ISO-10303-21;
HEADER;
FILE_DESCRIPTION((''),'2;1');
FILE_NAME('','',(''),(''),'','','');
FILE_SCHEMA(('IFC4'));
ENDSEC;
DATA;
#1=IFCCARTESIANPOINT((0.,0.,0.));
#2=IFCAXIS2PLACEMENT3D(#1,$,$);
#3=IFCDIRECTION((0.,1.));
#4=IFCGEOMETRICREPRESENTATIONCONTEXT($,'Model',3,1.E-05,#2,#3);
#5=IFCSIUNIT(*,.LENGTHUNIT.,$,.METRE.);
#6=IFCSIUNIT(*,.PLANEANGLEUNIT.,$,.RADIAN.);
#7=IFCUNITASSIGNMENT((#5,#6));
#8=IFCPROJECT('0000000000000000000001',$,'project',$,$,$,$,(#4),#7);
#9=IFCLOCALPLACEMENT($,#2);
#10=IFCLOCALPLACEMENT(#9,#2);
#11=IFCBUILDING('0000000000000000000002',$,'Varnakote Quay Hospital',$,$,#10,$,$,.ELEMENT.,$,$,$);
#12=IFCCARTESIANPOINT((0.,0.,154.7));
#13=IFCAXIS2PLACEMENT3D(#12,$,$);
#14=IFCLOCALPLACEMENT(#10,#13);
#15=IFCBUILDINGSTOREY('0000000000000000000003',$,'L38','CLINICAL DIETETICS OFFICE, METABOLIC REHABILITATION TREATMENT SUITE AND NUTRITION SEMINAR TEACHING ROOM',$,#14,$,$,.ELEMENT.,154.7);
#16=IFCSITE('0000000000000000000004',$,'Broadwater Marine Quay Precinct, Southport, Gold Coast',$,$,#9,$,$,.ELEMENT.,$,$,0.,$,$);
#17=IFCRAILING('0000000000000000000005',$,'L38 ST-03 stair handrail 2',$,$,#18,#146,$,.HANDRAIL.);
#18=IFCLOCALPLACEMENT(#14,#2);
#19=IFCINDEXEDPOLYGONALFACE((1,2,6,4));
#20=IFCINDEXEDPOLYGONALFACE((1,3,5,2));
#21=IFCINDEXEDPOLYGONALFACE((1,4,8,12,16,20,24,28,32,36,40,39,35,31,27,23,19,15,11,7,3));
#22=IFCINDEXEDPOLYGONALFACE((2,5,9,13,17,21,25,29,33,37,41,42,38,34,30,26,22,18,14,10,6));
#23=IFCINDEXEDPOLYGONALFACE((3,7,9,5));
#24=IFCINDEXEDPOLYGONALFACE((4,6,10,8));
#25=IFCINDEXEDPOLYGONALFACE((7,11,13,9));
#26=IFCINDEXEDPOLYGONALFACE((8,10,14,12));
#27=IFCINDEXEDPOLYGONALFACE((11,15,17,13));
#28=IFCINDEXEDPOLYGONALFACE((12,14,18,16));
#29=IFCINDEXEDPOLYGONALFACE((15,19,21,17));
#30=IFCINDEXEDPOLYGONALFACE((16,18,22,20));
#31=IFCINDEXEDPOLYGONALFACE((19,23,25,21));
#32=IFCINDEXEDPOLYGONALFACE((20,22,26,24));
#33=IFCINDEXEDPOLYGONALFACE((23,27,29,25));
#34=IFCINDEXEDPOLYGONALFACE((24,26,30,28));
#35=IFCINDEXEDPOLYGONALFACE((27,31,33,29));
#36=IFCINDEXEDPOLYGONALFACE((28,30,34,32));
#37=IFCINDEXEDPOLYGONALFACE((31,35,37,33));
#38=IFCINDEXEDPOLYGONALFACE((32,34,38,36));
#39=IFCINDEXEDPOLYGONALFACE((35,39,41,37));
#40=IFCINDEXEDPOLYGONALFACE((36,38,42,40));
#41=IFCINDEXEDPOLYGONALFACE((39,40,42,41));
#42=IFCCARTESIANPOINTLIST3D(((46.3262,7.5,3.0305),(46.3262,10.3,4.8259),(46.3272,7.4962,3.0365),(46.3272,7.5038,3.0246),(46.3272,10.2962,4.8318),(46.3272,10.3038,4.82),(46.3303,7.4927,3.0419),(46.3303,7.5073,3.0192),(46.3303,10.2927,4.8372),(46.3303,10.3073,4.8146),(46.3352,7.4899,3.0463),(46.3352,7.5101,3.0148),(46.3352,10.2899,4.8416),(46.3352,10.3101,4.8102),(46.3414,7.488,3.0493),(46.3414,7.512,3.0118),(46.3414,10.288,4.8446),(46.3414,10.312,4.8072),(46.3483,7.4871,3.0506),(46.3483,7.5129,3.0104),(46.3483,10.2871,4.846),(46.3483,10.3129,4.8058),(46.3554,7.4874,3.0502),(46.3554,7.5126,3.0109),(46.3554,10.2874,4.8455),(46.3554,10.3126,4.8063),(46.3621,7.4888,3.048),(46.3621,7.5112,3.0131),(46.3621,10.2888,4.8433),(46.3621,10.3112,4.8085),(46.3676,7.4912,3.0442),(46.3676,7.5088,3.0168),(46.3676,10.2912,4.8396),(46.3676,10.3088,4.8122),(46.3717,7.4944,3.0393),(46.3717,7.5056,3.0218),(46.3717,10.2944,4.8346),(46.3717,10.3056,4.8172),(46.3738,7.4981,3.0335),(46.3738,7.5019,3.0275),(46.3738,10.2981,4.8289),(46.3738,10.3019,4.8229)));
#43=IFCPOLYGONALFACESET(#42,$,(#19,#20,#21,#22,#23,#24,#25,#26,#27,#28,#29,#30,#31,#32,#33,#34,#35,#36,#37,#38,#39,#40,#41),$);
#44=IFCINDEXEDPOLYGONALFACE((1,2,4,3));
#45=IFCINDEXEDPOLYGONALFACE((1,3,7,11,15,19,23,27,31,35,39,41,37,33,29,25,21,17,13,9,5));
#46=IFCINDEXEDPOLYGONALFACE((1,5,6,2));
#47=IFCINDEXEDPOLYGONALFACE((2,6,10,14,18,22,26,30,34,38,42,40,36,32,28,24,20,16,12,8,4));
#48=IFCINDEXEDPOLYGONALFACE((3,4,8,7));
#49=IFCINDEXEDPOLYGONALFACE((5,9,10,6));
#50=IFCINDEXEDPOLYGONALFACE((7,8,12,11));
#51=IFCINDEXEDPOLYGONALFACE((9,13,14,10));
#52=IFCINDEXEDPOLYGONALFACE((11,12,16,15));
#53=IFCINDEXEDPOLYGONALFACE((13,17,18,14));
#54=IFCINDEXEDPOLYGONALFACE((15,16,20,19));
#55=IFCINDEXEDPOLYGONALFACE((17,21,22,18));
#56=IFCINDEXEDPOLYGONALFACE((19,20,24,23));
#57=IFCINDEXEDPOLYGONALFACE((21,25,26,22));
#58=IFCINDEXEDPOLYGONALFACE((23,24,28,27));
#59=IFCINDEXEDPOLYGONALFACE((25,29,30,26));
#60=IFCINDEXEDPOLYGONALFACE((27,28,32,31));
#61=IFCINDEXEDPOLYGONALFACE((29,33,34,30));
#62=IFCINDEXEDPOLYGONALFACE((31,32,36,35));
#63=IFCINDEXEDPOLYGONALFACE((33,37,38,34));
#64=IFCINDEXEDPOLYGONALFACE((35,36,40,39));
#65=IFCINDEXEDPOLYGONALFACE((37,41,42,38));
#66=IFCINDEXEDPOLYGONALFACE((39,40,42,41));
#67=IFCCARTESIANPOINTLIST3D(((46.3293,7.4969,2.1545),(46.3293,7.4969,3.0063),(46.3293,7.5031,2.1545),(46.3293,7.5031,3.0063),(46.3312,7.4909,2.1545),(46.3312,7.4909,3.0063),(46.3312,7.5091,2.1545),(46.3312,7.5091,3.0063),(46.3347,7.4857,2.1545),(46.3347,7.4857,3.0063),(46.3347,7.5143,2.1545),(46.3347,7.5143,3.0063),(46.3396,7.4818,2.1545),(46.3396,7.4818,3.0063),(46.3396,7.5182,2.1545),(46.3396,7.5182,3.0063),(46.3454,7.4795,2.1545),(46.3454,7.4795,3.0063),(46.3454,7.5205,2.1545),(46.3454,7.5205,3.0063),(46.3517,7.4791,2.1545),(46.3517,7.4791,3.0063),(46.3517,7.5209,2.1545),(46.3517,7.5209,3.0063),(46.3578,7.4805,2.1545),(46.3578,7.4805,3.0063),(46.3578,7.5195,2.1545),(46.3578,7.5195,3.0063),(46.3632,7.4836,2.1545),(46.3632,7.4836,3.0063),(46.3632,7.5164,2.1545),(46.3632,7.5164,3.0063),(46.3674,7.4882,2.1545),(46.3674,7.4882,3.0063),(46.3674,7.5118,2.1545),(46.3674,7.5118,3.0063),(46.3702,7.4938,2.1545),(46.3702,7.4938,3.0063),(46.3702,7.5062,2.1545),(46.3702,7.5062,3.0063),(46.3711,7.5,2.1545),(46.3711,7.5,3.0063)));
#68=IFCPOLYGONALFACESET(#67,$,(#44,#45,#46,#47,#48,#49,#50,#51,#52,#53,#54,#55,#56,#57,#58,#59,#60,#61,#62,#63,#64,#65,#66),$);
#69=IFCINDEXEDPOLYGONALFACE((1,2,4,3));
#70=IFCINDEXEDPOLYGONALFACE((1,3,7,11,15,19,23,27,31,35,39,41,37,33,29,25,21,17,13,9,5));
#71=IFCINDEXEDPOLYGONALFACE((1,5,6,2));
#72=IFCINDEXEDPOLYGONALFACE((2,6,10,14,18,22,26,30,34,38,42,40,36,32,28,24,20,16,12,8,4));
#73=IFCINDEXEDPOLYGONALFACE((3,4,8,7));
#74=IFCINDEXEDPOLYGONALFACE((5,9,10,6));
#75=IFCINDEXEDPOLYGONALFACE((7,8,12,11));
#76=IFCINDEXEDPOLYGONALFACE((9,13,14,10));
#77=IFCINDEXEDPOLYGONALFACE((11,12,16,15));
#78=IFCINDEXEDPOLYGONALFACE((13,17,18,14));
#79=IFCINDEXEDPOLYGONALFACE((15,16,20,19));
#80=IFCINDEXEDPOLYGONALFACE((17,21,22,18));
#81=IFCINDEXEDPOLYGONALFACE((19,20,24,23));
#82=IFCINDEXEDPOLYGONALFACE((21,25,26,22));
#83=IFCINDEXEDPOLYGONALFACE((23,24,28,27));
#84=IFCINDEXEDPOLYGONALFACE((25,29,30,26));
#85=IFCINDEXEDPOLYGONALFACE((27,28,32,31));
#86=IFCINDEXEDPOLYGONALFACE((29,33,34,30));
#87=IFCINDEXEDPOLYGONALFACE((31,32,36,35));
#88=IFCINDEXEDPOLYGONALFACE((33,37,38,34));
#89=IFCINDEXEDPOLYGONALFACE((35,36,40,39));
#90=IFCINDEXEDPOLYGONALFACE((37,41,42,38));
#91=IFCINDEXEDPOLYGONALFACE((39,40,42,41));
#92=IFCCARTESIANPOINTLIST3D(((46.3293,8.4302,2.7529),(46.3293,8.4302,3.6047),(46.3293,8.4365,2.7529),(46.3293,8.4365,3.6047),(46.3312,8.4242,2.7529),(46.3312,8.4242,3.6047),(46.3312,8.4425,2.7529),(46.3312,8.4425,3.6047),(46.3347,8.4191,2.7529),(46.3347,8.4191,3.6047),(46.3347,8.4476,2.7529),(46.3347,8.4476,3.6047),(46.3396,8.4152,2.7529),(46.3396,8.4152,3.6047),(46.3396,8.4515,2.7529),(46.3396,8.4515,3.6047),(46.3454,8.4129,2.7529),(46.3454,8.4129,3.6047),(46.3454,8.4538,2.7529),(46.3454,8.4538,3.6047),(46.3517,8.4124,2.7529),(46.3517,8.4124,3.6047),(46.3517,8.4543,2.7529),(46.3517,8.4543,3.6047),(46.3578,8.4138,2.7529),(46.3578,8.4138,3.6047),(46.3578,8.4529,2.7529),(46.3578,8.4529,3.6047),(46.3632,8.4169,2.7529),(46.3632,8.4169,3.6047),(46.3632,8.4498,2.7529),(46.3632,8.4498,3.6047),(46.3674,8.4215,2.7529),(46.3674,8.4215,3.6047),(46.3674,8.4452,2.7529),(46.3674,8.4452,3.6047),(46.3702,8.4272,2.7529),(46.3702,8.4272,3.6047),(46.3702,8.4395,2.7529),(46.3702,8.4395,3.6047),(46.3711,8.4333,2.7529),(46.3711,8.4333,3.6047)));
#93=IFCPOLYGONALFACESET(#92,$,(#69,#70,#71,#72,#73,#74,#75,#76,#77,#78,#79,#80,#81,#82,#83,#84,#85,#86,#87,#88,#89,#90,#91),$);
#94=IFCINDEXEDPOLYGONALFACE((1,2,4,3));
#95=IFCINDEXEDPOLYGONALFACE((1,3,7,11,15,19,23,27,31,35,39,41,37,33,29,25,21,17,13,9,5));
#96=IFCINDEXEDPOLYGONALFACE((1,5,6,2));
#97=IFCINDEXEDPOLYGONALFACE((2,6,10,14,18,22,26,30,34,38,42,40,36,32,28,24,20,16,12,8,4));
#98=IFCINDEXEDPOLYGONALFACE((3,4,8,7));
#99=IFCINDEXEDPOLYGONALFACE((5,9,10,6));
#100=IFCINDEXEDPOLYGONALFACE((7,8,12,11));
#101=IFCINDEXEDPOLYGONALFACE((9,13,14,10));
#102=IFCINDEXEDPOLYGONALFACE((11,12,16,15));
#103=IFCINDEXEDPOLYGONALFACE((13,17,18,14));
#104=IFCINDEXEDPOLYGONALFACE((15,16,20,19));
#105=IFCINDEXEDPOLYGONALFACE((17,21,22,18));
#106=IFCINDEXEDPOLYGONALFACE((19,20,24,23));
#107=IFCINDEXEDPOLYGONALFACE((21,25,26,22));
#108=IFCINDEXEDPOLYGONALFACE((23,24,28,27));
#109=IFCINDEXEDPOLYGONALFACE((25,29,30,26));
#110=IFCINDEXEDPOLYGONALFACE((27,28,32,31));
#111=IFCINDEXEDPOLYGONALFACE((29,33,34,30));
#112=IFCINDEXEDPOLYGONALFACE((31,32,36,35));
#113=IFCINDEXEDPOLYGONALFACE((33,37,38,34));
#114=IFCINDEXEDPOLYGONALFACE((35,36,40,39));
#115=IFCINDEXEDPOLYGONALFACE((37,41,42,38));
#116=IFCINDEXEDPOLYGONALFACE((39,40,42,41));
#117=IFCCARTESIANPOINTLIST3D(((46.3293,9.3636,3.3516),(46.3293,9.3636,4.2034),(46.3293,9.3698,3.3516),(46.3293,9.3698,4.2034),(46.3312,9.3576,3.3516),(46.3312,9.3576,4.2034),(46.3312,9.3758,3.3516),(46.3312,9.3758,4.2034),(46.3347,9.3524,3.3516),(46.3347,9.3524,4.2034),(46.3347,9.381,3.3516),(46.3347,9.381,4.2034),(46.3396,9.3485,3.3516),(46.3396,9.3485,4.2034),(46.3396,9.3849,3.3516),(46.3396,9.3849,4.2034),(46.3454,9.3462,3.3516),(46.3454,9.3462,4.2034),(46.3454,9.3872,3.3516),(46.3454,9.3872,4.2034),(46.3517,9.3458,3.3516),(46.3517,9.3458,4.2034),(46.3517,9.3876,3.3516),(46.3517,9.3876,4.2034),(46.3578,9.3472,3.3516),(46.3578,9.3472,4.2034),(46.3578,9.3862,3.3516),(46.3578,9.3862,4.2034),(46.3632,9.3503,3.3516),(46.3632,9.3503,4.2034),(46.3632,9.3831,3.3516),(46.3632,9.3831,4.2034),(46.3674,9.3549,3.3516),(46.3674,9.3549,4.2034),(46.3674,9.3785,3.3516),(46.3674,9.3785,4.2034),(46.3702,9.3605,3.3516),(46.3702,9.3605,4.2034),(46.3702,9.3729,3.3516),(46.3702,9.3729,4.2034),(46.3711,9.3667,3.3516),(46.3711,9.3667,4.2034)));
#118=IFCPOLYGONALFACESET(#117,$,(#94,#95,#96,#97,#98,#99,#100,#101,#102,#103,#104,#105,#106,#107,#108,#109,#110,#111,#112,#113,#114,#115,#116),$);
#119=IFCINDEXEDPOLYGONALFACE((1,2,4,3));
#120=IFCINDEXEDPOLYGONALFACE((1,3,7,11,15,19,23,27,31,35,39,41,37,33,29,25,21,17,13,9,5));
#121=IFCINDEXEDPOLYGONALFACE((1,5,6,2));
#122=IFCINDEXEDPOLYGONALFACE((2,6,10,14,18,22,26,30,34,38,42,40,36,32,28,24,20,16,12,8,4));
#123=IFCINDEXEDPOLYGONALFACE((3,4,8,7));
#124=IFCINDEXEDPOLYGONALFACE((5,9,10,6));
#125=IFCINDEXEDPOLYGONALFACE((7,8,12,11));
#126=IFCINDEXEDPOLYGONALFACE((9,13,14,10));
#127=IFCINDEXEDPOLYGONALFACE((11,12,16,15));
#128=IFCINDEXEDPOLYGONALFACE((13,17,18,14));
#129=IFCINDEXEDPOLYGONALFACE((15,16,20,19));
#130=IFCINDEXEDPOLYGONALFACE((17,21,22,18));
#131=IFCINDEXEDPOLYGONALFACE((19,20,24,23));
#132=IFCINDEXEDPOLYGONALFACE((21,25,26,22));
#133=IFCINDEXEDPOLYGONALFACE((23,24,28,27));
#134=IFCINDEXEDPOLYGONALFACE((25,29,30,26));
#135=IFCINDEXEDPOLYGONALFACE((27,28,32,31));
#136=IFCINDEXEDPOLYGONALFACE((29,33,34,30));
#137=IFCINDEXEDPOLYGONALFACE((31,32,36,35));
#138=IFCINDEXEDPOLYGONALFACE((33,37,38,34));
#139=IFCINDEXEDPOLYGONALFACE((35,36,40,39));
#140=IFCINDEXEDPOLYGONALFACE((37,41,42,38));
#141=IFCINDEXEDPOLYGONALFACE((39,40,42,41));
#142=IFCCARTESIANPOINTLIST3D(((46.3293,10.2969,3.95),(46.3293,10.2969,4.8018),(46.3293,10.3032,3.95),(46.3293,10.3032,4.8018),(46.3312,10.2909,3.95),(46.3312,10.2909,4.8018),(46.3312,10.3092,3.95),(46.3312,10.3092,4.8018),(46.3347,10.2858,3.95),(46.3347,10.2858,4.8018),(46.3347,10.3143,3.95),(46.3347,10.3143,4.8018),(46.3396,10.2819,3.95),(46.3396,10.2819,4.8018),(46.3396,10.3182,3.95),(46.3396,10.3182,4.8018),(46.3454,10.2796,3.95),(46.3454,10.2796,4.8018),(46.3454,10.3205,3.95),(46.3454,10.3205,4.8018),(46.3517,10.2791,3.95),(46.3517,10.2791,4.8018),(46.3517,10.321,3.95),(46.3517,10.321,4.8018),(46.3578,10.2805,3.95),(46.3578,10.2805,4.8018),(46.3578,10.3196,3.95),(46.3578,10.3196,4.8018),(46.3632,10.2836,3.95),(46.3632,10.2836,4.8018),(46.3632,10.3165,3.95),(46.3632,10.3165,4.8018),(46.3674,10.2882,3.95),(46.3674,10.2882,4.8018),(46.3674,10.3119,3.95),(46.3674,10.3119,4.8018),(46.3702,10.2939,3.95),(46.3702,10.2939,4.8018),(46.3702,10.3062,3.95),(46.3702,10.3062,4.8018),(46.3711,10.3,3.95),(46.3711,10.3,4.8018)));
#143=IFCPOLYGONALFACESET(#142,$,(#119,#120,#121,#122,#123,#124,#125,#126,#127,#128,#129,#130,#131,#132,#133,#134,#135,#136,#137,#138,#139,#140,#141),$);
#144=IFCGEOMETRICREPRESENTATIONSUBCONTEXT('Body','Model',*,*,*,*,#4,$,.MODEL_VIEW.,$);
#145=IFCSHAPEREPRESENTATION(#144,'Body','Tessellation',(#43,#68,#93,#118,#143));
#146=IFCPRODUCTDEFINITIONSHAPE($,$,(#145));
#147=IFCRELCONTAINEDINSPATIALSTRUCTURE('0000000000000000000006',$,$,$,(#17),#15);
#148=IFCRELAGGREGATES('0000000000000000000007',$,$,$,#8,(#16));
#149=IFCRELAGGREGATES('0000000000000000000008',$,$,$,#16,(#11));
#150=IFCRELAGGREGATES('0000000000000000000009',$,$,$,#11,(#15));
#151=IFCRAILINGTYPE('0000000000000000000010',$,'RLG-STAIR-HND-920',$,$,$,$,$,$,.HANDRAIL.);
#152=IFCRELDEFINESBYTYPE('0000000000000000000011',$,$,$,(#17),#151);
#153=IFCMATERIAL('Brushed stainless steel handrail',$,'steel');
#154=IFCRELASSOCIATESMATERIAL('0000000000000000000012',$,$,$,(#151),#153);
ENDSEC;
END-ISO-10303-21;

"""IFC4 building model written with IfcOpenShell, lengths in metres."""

from ifc_helpers import new_model, si_unit, direction, frame, origin, origin_2d, place, context, subcontext, project, spatial, circle, extrude, material, type_object, element, save


model = new_model("IFC4")

# Units and contexts
model_context = context("Model", 3, precision=1e-05, world=origin(), true_north=direction((0.0, 1.0)))
body_context = subcontext(model_context, "Body", "Model", "MODEL_VIEW")
ifc_project = project(units=[si_unit("LENGTHUNIT", "METRE"), si_unit("PLANEANGLEUNIT", "RADIAN")], contexts=[model_context])

# Site, building, storey
site_placement = place(None, origin())
site = spatial("IfcSite", under=ifc_project, at=site_placement, Name="Broadwater Marine Quay Precinct, Southport, Gold Coast", CompositionType="ELEMENT", RefElevation=0.0)
building_placement = place(site_placement, origin())
building = spatial("IfcBuilding", under=site, at=building_placement, Name="Varnakote Quay Hospital", CompositionType="ELEMENT")
storey_placement = place(building_placement, frame((0.0, 0.0, 154.7)))
storey = spatial("IfcBuildingStorey", under=building, at=storey_placement, Name="L38", Description="CLINICAL DIETETICS OFFICE, METABOLIC REHABILITATION TREATMENT SUITE AND NUTRITION SEMINAR TEACHING ROOM", CompositionType="ELEMENT", Elevation=154.7)

# Railing
ifc_material_1 = material(Name="Brushed stainless steel handrail", Category="steel")
railing_type_1 = type_object("IfcRailingType", Name="RLG-STAIR-HND-920", PredefinedType="HANDRAIL", material=ifc_material_1)
railing_1_placement = place(storey_placement, frame((46.3501, 7.5, 2.1545)))
element("IfcRailing", 1, at=railing_1_placement, inside=storey, type_object=railing_type_1, Name="L38 ST-03 stair handrail 2", PredefinedType="HANDRAIL", context=body_context, shape_type="SweptSolid", body=[
    extrude(circle(Radius=0.0239, at=origin_2d()), frame((0.0, 0.0, 0.876), z_axis=(0.0, 0.84181, 0.539774), x_axis=(-1.0, 0.0, 0.0)), (0.0, 0.0, 1.0), 3.3262),
    extrude(circle(Radius=0.021, at=origin_2d()), origin(), (0.0, 0.0, 1.0), 0.8518),
    extrude(circle(Radius=0.021, at=origin_2d()), frame((0.0, 0.9333, 0.5984)), (0.0, 0.0, 1.0), 0.8518),
    extrude(circle(Radius=0.021, at=origin_2d()), frame((0.0, 1.8667, 1.197)), (0.0, 0.0, 1.0), 0.8518),
    extrude(circle(Radius=0.021, at=origin_2d()), frame((0.0, 2.8, 1.7954)), (0.0, 0.0, 1.0), 0.8518),
])

save(model, "model.ifc")
